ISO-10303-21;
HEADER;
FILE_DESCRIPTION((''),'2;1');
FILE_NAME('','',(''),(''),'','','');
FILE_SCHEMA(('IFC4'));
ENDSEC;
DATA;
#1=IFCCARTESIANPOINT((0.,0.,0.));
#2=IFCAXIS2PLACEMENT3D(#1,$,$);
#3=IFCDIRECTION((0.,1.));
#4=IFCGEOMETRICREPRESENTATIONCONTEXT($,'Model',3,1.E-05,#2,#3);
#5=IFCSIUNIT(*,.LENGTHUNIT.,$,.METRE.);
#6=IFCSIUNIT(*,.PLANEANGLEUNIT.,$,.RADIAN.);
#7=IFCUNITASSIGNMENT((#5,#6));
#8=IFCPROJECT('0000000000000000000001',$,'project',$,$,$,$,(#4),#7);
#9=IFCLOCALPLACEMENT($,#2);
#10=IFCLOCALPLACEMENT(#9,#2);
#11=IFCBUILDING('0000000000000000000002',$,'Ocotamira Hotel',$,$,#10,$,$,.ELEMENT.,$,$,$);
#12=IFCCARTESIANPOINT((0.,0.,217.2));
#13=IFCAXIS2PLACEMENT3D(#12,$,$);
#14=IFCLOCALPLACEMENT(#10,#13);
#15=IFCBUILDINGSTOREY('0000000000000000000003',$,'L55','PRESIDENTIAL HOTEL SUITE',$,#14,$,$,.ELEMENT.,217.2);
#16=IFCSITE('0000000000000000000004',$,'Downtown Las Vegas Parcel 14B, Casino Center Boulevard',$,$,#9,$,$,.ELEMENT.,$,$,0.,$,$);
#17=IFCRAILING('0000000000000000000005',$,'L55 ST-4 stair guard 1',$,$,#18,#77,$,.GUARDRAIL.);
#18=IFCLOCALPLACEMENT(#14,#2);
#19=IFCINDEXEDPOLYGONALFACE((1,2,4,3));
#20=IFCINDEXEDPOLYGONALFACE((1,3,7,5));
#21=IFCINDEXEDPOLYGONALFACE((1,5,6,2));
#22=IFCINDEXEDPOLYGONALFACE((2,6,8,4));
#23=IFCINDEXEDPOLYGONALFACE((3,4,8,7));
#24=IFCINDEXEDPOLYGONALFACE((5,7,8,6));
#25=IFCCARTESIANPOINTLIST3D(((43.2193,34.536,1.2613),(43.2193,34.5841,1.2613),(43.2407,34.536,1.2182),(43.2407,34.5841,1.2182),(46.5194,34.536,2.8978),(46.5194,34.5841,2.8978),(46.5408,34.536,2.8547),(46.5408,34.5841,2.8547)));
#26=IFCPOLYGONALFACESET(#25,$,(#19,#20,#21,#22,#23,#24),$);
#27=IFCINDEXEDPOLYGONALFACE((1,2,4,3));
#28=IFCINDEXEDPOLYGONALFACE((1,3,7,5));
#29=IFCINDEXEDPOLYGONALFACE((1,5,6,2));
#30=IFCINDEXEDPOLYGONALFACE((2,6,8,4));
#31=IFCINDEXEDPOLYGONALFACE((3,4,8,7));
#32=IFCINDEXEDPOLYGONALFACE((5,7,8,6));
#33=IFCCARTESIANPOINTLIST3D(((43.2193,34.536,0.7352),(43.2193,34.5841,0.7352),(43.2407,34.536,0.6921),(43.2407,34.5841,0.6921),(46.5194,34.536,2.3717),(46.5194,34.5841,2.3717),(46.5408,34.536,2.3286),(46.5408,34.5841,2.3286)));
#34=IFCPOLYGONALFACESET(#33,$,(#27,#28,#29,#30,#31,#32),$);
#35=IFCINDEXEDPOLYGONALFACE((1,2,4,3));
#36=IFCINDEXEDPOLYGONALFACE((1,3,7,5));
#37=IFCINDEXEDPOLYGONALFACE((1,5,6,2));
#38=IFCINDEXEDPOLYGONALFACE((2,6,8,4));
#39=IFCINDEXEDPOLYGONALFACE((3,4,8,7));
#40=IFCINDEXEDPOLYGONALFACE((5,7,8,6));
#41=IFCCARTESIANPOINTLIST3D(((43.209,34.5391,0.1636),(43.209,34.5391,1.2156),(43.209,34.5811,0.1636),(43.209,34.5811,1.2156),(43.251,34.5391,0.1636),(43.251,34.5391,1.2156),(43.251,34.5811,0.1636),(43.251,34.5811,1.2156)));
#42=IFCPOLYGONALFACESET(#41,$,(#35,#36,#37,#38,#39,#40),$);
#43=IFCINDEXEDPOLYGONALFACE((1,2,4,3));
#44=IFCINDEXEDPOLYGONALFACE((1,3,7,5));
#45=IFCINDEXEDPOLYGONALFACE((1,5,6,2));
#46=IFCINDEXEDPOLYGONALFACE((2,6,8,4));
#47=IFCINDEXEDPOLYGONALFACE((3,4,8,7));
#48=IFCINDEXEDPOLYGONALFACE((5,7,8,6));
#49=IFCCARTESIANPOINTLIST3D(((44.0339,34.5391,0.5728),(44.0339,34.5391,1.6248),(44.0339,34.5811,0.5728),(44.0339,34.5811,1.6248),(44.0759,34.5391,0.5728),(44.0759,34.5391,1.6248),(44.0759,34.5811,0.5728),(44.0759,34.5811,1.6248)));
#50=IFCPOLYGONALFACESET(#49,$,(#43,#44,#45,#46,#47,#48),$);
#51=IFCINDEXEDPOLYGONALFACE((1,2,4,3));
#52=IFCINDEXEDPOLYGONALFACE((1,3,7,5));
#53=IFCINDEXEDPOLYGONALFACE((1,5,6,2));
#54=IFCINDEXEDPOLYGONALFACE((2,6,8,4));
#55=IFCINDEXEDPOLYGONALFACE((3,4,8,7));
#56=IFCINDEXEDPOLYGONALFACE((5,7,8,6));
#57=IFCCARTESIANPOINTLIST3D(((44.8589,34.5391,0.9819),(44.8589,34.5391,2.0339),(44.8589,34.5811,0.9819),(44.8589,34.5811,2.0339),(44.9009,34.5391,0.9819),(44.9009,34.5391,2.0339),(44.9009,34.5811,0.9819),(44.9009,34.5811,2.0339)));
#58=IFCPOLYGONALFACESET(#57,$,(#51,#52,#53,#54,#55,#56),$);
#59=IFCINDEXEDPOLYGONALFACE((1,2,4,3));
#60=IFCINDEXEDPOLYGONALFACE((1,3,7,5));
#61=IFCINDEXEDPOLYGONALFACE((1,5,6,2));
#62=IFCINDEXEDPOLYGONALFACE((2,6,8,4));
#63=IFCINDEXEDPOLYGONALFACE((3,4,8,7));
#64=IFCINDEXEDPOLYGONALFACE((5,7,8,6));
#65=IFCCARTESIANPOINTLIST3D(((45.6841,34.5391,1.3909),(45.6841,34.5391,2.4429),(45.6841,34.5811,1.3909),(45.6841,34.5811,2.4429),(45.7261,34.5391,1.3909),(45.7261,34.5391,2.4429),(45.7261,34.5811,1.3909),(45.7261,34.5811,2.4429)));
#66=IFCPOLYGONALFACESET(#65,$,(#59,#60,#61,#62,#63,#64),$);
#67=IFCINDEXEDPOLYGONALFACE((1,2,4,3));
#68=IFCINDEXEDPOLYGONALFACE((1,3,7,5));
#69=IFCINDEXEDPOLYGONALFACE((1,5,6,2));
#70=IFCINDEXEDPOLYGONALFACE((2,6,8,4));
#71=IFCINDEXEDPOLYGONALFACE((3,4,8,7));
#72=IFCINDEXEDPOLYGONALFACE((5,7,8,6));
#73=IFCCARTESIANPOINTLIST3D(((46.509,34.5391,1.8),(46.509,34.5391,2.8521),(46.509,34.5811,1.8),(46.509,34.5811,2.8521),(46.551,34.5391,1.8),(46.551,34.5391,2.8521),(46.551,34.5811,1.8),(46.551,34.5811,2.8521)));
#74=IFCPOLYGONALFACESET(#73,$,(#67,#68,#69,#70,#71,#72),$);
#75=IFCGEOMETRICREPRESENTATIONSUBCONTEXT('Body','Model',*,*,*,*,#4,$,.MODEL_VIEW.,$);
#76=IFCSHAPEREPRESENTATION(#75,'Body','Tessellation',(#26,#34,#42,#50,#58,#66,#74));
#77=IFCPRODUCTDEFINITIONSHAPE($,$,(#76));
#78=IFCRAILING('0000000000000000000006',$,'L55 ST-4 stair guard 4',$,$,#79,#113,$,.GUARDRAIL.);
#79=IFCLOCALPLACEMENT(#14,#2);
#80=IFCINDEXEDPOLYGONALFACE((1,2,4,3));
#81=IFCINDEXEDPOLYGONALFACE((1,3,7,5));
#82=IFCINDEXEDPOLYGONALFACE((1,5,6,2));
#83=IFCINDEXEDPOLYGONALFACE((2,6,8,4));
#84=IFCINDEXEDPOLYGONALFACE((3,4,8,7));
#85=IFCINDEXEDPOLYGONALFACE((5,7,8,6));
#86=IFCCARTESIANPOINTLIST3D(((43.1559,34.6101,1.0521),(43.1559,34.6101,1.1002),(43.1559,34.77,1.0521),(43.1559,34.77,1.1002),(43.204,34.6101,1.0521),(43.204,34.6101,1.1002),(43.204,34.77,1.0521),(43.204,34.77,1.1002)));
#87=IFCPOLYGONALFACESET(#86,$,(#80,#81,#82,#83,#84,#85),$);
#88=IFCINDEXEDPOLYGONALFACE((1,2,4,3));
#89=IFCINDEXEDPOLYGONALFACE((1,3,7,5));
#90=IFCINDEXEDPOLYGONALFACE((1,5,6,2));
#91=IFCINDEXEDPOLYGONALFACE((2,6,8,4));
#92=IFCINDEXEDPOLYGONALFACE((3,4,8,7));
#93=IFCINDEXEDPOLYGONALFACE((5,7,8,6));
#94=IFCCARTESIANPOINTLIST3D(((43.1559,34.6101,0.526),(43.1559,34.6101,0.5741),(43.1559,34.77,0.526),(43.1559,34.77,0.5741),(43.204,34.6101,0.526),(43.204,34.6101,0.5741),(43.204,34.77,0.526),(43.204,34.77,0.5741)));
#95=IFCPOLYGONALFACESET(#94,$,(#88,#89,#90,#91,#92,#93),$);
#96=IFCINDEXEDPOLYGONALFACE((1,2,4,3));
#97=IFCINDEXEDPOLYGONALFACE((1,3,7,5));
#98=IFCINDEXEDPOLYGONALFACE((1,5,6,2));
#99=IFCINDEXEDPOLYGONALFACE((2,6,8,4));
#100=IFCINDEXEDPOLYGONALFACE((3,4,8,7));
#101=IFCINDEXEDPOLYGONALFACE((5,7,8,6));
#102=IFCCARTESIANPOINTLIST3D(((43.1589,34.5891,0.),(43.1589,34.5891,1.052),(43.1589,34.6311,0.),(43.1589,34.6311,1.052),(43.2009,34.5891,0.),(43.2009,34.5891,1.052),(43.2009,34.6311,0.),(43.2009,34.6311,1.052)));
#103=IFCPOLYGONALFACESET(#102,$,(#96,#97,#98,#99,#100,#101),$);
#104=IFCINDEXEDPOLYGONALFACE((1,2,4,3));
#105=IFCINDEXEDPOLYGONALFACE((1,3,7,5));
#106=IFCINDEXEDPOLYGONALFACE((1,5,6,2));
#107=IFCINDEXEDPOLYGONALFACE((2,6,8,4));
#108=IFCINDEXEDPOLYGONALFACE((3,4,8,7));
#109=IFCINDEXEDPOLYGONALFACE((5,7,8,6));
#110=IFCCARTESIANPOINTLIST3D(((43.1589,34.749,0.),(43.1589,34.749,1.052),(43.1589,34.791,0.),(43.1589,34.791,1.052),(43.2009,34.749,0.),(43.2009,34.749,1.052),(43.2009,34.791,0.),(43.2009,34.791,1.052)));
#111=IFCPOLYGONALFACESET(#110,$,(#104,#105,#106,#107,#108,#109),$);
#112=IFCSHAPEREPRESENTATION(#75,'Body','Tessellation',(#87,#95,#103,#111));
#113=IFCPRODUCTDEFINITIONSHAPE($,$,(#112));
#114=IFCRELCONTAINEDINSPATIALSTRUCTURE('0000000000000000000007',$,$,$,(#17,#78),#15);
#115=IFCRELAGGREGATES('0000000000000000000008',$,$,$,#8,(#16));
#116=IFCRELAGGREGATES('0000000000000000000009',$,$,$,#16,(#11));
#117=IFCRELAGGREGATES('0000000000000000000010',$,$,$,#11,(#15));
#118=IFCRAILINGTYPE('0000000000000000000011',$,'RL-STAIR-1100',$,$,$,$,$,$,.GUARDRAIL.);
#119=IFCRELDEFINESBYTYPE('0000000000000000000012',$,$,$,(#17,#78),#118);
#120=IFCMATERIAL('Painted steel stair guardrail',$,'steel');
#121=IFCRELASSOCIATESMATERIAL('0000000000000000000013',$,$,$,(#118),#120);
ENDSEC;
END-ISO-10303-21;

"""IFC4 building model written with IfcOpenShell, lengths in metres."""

from ifc_helpers import new_model, si_unit, direction, frame, origin, origin_2d, place, context, subcontext, project, spatial, rectangle, extrude, material, type_object, element, save


model = new_model("IFC4")

# Units and contexts
model_context = context("Model", 3, precision=1e-05, world=origin(), true_north=direction((0.0, 1.0)))
body_context = subcontext(model_context, "Body", "Model", "MODEL_VIEW")
ifc_project = project(units=[si_unit("LENGTHUNIT", "METRE"), si_unit("PLANEANGLEUNIT", "RADIAN")], contexts=[model_context])

# Site, building, storey
site_placement = place(None, origin())
site = spatial("IfcSite", under=ifc_project, at=site_placement, Name="Downtown Las Vegas Parcel 14B, Casino Center Boulevard", CompositionType="ELEMENT", RefElevation=0.0)
building_placement = place(site_placement, origin())
building = spatial("IfcBuilding", under=site, at=building_placement, Name="Ocotamira Hotel", CompositionType="ELEMENT")
storey_placement = place(building_placement, frame((0.0, 0.0, 217.2)))
storey = spatial("IfcBuildingStorey", under=building, at=storey_placement, Name="L55", Description="PRESIDENTIAL HOTEL SUITE", CompositionType="ELEMENT", Elevation=217.2)

# Railings
ifc_material_1 = material(Name="Painted steel stair guardrail", Category="steel")
railing_type_1 = type_object("IfcRailingType", Name="RL-STAIR-1100", PredefinedType="GUARDRAIL", material=ifc_material_1)
railing_1_placement = place(storey_placement, frame((43.23, 34.5601, 0.1636)))
element("IfcRailing", 1, at=railing_1_placement, inside=storey, type_object=railing_type_1, Name="L55 ST-4 stair guard 1", PredefinedType="GUARDRAIL", context=body_context, shape_type="SweptSolid", body=[
    extrude(rectangle(XDim=0.0481, YDim=0.0481, at=origin_2d()), frame((0.0, 0.0, 1.0762), z_axis=(0.895894, 0.0, 0.444268), x_axis=(0.0, 1.0, 0.0)), (0.0, 0.0, 1.0), 3.6836),
    extrude(rectangle(XDim=0.0481, YDim=0.0481, at=origin_2d()), frame((0.0, 0.0, 0.55), z_axis=(0.895894, 0.0, 0.444268), x_axis=(0.0, 1.0, 0.0)), (0.0, 0.0, 1.0), 3.6836),
    extrude(rectangle(XDim=0.042, YDim=0.042, at=origin_2d()), origin(), (0.0, 0.0, 1.0), 1.052),
    extrude(rectangle(XDim=0.042, YDim=0.042, at=origin_2d()), frame((0.825, 0.0, 0.4092)), (0.0, 0.0, 1.0), 1.052),
    extrude(rectangle(XDim=0.042, YDim=0.042, at=origin_2d()), frame((1.6499, 0.0, 0.8184)), (0.0, 0.0, 1.0), 1.052),
    extrude(rectangle(XDim=0.042, YDim=0.042, at=origin_2d()), frame((2.4751, 0.0, 1.2273)), (0.0, 0.0, 1.0), 1.052),
    extrude(rectangle(XDim=0.042, YDim=0.042, at=origin_2d()), frame((3.3, 0.0, 1.6365)), (0.0, 0.0, 1.0), 1.052),
])
railing_2_placement = place(storey_placement, frame((43.1799, 34.6101, 0.0)))
element("IfcRailing", 2, at=railing_2_placement, inside=storey, type_object=railing_type_1, Name="L55 ST-4 stair guard 4", PredefinedType="GUARDRAIL", context=body_context, shape_type="SweptSolid", body=[
    extrude(rectangle(XDim=0.0481, YDim=0.0481, at=origin_2d()), frame((0.0, 0.0, 1.0762), z_axis=(0.0, 1.0, 0.0), x_axis=(-1.0, 0.0, 0.0)), (0.0, 0.0, 1.0), 0.1599),
    extrude(rectangle(XDim=0.0481, YDim=0.0481, at=origin_2d()), frame((0.0, 0.0, 0.55), z_axis=(0.0, 1.0, 0.0), x_axis=(-1.0, 0.0, 0.0)), (0.0, 0.0, 1.0), 0.1599),
    extrude(rectangle(XDim=0.042, YDim=0.042, at=origin_2d()), origin(), (0.0, 0.0, 1.0), 1.052),
    extrude(rectangle(XDim=0.042, YDim=0.042, at=origin_2d()), frame((0.0, 0.1599, 0.0)), (0.0, 0.0, 1.0), 1.052),
])

save(model, "model.ifc")
